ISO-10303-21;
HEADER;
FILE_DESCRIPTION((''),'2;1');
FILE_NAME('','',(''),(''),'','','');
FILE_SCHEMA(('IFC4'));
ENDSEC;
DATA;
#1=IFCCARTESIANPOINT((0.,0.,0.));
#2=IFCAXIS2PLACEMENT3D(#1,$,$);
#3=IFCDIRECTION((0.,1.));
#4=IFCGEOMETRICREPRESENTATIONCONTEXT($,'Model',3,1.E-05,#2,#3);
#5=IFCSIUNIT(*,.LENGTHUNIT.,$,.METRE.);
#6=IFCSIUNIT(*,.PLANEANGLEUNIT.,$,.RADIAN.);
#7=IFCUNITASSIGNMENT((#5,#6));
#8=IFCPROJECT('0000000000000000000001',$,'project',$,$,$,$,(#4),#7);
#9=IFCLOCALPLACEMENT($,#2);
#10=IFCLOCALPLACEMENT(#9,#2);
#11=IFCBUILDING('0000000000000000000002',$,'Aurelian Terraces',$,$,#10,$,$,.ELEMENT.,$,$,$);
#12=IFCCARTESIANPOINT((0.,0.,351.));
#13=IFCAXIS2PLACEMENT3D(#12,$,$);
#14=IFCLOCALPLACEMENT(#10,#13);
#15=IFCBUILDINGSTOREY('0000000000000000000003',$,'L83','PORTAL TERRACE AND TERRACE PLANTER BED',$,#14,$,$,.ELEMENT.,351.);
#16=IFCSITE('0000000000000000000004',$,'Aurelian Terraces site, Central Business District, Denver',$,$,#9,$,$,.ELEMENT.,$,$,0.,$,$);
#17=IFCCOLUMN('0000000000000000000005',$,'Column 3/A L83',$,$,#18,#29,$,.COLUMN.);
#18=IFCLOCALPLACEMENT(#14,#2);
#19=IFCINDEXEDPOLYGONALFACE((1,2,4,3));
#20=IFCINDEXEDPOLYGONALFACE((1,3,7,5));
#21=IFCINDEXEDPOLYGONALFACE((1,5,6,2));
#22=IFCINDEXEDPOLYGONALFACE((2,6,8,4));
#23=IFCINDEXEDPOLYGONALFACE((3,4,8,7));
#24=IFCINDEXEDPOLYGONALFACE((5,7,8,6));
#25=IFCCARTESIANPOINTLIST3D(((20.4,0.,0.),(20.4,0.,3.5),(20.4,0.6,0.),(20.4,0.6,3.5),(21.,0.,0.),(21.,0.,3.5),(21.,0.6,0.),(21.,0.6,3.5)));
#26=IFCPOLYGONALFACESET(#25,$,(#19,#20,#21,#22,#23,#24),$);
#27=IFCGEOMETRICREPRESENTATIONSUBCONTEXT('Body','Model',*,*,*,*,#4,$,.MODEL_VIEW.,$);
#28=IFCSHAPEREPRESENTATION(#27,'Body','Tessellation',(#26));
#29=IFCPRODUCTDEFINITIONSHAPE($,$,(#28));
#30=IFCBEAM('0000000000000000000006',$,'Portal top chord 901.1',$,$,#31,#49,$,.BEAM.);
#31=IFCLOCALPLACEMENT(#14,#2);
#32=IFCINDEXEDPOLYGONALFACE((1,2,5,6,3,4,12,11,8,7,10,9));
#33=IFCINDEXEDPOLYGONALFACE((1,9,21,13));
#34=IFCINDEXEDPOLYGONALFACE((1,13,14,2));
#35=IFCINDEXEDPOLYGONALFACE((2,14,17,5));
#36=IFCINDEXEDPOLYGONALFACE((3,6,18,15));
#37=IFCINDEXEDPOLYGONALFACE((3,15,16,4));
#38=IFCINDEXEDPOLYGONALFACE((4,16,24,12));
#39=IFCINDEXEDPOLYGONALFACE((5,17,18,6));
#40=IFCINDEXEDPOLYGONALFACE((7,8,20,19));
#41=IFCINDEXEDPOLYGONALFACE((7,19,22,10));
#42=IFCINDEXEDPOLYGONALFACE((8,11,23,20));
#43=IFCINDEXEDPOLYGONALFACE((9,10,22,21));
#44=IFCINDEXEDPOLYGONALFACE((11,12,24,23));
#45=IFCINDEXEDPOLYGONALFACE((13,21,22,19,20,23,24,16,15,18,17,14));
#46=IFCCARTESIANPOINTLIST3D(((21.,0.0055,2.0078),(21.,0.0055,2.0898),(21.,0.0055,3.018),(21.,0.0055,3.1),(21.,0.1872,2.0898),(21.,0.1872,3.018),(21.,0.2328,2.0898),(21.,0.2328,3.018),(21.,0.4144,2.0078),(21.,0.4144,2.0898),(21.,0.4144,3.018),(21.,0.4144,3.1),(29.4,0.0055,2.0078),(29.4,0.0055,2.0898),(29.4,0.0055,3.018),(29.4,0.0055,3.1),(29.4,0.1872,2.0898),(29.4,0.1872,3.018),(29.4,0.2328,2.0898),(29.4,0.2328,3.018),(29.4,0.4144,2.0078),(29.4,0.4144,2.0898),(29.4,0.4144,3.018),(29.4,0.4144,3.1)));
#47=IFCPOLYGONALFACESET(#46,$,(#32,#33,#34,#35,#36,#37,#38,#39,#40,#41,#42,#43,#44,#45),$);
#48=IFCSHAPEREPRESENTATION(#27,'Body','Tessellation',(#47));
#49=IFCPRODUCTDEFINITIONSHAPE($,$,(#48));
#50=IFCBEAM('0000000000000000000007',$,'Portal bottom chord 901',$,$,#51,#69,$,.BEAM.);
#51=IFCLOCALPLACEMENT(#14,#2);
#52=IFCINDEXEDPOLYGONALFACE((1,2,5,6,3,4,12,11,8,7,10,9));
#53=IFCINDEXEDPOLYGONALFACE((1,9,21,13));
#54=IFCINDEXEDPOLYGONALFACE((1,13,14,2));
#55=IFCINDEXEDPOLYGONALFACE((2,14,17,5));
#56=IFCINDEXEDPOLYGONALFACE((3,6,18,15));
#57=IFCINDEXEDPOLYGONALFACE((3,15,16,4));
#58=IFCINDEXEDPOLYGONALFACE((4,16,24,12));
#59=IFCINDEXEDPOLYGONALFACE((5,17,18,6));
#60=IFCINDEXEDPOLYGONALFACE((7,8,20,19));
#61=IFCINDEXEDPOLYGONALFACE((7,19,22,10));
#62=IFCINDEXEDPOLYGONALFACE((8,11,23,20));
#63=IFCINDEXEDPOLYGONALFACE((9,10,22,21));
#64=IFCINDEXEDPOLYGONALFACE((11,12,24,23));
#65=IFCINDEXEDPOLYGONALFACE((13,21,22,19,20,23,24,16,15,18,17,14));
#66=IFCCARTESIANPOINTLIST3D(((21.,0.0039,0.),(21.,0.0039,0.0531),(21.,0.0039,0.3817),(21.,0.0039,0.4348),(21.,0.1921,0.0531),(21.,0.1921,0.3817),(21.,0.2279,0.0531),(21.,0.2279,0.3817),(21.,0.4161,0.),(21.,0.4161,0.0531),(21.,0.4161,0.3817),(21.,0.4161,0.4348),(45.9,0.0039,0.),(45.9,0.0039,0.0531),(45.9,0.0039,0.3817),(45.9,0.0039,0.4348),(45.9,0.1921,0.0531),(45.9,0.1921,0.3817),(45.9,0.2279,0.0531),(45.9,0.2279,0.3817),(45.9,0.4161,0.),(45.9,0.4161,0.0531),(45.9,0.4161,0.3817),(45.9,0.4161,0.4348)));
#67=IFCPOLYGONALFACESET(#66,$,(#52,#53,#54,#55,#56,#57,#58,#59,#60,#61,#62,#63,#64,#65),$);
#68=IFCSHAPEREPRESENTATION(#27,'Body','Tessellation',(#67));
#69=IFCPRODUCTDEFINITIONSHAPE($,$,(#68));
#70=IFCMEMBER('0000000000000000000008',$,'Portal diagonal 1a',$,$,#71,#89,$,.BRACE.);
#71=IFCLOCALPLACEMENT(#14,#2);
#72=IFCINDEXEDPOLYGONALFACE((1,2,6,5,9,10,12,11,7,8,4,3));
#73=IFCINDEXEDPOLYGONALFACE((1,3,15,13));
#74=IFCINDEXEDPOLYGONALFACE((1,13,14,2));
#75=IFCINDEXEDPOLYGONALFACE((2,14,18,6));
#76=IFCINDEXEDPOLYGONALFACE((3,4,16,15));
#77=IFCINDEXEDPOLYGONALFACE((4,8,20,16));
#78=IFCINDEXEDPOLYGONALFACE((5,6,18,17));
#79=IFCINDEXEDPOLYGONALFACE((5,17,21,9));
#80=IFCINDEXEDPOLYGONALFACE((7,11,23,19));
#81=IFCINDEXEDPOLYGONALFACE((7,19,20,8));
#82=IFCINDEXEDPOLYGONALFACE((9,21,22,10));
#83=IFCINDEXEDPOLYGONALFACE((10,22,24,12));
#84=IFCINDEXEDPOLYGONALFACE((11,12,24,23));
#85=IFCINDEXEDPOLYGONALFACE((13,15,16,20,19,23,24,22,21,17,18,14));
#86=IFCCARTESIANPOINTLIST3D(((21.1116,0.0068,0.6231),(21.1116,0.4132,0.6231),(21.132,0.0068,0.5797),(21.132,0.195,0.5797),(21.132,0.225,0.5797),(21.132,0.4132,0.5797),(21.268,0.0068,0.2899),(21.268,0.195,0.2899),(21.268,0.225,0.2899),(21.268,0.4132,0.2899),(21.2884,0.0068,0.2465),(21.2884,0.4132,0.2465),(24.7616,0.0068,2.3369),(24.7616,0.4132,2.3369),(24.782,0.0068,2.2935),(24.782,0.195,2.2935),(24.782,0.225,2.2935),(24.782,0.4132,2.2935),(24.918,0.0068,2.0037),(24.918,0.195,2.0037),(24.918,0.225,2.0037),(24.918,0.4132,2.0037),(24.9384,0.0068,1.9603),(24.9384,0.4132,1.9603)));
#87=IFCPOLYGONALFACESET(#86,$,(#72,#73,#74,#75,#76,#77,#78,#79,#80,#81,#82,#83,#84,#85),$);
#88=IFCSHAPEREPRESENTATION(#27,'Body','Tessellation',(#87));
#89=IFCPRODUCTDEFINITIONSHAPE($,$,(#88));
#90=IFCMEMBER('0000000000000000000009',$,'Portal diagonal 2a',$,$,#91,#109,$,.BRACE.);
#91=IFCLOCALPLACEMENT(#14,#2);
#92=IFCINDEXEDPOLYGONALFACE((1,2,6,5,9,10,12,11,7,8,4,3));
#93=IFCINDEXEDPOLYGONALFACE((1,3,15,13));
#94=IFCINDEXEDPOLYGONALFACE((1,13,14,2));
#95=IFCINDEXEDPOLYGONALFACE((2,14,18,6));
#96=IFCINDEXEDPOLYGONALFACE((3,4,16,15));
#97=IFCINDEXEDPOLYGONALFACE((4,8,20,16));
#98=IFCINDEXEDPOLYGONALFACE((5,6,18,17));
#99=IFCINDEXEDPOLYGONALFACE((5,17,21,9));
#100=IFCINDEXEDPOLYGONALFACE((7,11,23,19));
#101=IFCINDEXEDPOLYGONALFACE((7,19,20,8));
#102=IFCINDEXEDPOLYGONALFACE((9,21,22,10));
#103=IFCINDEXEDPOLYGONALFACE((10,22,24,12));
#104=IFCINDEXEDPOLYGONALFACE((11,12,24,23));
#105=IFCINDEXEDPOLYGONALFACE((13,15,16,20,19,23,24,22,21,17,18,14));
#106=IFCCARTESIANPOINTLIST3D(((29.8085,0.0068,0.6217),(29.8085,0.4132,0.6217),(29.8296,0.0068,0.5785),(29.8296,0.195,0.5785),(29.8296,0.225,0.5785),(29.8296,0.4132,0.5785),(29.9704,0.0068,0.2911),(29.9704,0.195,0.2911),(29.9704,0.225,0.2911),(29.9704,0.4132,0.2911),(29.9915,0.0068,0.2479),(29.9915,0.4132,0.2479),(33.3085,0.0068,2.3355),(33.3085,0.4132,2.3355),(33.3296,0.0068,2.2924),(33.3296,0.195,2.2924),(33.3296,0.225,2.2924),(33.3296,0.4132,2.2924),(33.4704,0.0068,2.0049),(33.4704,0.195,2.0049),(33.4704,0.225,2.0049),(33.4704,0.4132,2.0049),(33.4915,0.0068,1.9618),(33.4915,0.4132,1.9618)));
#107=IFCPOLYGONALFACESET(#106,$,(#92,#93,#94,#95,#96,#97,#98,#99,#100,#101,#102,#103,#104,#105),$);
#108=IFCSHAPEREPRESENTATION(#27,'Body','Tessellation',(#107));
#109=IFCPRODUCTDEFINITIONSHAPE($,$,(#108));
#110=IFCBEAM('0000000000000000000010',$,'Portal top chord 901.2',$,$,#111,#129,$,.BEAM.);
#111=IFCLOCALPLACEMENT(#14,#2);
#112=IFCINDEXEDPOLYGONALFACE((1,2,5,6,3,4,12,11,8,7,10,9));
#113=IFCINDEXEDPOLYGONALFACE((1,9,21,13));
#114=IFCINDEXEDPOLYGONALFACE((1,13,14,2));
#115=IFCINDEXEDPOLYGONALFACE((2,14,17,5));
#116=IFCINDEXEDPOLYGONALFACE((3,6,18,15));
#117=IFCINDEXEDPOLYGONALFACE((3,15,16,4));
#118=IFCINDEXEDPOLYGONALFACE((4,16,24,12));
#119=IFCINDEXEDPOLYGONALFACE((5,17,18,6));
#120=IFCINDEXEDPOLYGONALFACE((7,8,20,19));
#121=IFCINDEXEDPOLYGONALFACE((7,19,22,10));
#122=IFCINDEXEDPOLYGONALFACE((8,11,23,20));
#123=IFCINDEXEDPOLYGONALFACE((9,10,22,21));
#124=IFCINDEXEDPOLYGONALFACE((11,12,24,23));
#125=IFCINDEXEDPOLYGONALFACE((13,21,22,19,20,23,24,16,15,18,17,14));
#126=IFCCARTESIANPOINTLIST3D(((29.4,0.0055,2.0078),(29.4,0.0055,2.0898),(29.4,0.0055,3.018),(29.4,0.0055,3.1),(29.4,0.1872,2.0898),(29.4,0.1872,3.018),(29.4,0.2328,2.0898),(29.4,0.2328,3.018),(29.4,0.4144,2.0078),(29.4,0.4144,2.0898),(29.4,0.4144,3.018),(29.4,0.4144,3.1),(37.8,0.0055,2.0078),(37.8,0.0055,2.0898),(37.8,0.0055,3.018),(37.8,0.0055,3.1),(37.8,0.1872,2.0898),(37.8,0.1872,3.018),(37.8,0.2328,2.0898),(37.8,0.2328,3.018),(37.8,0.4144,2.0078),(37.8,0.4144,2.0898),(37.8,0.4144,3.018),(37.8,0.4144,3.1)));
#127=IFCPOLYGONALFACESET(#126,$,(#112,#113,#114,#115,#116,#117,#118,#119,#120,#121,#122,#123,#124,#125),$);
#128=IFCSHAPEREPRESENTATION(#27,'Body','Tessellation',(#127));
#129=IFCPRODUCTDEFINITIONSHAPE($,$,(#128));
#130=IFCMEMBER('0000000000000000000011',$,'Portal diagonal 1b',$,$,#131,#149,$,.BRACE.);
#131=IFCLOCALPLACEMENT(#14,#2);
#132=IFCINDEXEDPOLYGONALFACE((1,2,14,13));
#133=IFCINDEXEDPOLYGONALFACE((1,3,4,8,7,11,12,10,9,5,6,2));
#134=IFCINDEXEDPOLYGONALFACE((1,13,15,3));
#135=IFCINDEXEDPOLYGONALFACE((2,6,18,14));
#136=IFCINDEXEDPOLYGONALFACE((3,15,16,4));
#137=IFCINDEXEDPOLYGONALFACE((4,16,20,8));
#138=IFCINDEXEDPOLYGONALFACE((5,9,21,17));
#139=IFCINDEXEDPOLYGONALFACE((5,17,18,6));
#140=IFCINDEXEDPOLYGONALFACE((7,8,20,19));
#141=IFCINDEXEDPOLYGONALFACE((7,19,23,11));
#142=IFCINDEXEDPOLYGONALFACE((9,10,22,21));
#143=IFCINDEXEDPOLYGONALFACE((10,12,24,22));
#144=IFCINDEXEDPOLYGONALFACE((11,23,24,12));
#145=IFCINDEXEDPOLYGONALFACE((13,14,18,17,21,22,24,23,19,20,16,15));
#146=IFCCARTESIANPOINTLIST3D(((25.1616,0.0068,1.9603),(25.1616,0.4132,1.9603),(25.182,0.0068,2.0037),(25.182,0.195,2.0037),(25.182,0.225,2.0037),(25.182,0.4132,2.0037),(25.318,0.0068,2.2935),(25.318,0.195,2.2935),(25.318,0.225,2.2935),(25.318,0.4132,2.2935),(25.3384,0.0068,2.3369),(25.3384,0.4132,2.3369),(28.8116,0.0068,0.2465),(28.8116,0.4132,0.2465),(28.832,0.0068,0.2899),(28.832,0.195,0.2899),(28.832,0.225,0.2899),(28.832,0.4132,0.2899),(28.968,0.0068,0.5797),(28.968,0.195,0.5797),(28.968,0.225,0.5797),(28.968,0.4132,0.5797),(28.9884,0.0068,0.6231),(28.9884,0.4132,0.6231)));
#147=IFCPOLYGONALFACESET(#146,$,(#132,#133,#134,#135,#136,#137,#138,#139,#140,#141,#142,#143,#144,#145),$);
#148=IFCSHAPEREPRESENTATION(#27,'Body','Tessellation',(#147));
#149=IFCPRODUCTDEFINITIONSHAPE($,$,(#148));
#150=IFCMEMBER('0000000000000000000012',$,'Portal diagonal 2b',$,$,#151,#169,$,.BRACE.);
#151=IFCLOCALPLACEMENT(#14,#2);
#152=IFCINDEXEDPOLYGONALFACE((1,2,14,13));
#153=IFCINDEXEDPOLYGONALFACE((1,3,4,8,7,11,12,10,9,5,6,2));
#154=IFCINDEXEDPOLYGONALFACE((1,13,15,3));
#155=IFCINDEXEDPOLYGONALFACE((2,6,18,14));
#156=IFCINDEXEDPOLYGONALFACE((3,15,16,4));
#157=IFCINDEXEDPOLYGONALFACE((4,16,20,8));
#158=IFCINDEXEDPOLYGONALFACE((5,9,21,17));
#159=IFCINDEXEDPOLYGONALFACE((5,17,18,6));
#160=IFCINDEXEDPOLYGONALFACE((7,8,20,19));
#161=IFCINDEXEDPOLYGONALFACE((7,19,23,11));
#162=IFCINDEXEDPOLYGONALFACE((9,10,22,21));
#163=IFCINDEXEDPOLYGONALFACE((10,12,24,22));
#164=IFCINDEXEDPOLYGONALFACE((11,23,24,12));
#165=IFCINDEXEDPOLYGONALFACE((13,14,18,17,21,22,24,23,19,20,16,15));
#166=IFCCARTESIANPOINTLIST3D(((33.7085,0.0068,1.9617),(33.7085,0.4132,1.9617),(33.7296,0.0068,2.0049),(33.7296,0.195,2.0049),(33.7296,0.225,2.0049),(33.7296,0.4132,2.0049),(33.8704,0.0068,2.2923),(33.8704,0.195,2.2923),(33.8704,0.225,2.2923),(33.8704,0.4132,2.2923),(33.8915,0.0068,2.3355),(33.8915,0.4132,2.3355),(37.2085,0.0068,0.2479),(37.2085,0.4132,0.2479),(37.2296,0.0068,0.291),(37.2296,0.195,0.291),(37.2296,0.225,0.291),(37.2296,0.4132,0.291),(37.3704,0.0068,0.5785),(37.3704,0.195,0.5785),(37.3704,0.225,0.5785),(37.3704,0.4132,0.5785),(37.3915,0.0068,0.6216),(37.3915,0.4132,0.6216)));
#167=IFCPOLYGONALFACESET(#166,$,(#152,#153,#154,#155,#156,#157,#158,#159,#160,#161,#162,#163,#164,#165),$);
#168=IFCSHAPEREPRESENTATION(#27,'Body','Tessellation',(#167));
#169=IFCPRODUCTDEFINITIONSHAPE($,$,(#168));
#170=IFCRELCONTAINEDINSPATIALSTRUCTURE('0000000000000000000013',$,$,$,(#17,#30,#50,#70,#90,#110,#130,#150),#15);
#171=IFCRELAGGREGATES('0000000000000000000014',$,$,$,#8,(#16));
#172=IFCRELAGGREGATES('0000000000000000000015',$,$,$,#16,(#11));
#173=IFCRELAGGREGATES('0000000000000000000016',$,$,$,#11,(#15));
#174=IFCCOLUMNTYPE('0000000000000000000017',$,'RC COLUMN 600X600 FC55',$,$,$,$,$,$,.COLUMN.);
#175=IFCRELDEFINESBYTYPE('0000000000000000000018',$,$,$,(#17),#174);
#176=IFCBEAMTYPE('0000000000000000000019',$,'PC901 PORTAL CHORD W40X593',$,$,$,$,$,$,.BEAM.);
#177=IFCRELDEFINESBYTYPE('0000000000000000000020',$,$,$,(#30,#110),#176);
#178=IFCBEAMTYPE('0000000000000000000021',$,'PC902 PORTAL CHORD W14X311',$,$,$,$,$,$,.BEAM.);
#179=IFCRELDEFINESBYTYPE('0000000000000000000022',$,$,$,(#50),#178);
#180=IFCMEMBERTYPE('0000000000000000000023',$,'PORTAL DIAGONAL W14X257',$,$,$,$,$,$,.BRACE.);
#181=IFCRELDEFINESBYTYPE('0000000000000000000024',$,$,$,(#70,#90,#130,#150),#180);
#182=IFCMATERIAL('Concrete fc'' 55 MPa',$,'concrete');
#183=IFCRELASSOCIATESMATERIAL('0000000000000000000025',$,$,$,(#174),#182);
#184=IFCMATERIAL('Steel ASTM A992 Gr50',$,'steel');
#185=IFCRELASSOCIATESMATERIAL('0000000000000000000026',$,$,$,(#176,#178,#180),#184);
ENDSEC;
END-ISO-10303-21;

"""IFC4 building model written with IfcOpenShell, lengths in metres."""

from ifc_helpers import new_model, si_unit, direction, frame, origin, origin_2d, place, context, subcontext, project, spatial, rectangle, i_section, extrude, source, transform, mapped, material, material_profile, profile_set, type_object, element, save


model = new_model("IFC4")

# Units and contexts
model_context = context("Model", 3, precision=1e-05, world=origin(), true_north=direction((0.0, 1.0)))
body_context = subcontext(model_context, "Body", "Model", "MODEL_VIEW")
ifc_project = project(units=[si_unit("LENGTHUNIT", "METRE"), si_unit("PLANEANGLEUNIT", "RADIAN")], contexts=[model_context])

# Site, building, storey
site_placement = place(None, origin())
site = spatial("IfcSite", under=ifc_project, at=site_placement, Name="Aurelian Terraces site, Central Business District, Denver", CompositionType="ELEMENT", RefElevation=0.0)
building_placement = place(site_placement, origin())
building = spatial("IfcBuilding", under=site, at=building_placement, Name="Aurelian Terraces", CompositionType="ELEMENT")
storey_placement = place(building_placement, frame((0.0, 0.0, 351.0)))
storey = spatial("IfcBuildingStorey", under=building, at=storey_placement, Name="L83", Description="PORTAL TERRACE AND TERRACE PLANTER BED", CompositionType="ELEMENT", Elevation=351.0)

# Column
ifc_material_1 = material(Name="Concrete fc' 55 MPa", Category="concrete")
ifc_material_profile_1 = material_profile(ifc_material_1, rectangle(XDim=0.6, YDim=0.6, at=origin_2d()))
ifc_profile_set_1 = profile_set([ifc_material_profile_1], Name="Concrete fc' 55 MPa")
column_type = type_object("IfcColumnType", Name="RC COLUMN 600X600 FC55", PredefinedType="COLUMN", material=ifc_profile_set_1)
shared_shape_1 = source(origin(), body_context, "Body", "SweptSolid", [
    extrude(rectangle(XDim=0.6, YDim=0.6, at=origin_2d()), origin(), (0.0, 0.0, 1.0), 3.5),
])
column_placement = place(storey_placement, frame((20.7, 0.3, 0.0), z_axis=(0.0, 0.0, 1.0), x_axis=(1.0, 0.0, 0.0)))
element("IfcColumn", 1, at=column_placement, inside=storey, type_object=column_type, Name="Column 3/A L83", PredefinedType="COLUMN", context=body_context, shape_type="MappedRepresentation", body=[
    mapped(shared_shape_1, transform((0.0, 0.0, 0.0), scale=1.0)),
])

# Beams
ifc_material_2 = material(Name="Steel ASTM A992 Gr50", Category="steel")
ifc_material_profile_2 = material_profile(ifc_material_2, i_section(OverallWidth=0.4089, OverallDepth=1.0922, WebThickness=0.0455, FlangeThickness=0.082, at=origin_2d()))
ifc_profile_set_2 = profile_set([ifc_material_profile_2], Name="Steel ASTM A992 Gr50")
beam_type_1 = type_object("IfcBeamType", Name="PC901 PORTAL CHORD W40X593", PredefinedType="BEAM", material=ifc_profile_set_2)
beam_1_placement = place(storey_placement, frame((21.0, 0.21, 2.5539), z_axis=(1.0, 0.0, 0.0), x_axis=(0.0, 1.0, 0.0)))
element("IfcBeam", 2, at=beam_1_placement, inside=storey, type_object=beam_type_1, Name="Portal top chord 901.1", PredefinedType="BEAM", context=body_context, shape_type="SweptSolid", body=[
    extrude(i_section(OverallWidth=0.4089, OverallDepth=1.0922, WebThickness=0.0455, FlangeThickness=0.082, at=origin_2d()), origin(), (0.0, 0.0, 1.0), 8.4),
])
ifc_material_profile_3 = material_profile(ifc_material_2, i_section(OverallWidth=0.4122, OverallDepth=0.4348, WebThickness=0.0358, FlangeThickness=0.0531, at=origin_2d()))
ifc_profile_set_3 = profile_set([ifc_material_profile_3], Name="Steel ASTM A992 Gr50")
beam_type_2 = type_object("IfcBeamType", Name="PC902 PORTAL CHORD W14X311", PredefinedType="BEAM", material=ifc_profile_set_3)
beam_2_placement = place(storey_placement, frame((21.0, 0.21, 0.2174), z_axis=(1.0, 0.0, 0.0), x_axis=(0.0, 1.0, 0.0)))
element("IfcBeam", 3, at=beam_2_placement, inside=storey, type_object=beam_type_2, Name="Portal bottom chord 901", PredefinedType="BEAM", context=body_context, shape_type="SweptSolid", body=[
    extrude(i_section(OverallWidth=0.4122, OverallDepth=0.4348, WebThickness=0.0358, FlangeThickness=0.0531, at=origin_2d()), origin(), (0.0, 0.0, 1.0), 24.9),
])

# Members
ifc_material_profile_4 = material_profile(ifc_material_2, i_section(OverallWidth=0.4063, OverallDepth=0.4161, WebThickness=0.03, FlangeThickness=0.048, at=origin_2d()))
ifc_profile_set_4 = profile_set([ifc_material_profile_4], Name="Steel ASTM A992 Gr50")
member_type = type_object("IfcMemberType", Name="PORTAL DIAGONAL W14X257", PredefinedType="BRACE", material=ifc_profile_set_4)
member_1_placement = place(storey_placement, frame((21.2, 0.21, 0.4348), z_axis=(0.905186, 0.0, 0.425016), x_axis=(0.0, 1.0, 0.0)))
element("IfcMember", 4, at=member_1_placement, inside=storey, type_object=member_type, Name="Portal diagonal 1a", PredefinedType="BRACE", context=body_context, shape_type="SweptSolid", body=[
    extrude(i_section(OverallWidth=0.4063, OverallDepth=0.4161, WebThickness=0.03, FlangeThickness=0.048, at=origin_2d()), origin(), (0.0, 0.0, 1.0), 4.0323),
])
member_2_placement = place(storey_placement, frame((29.9, 0.21, 0.4348), z_axis=(0.898112, 0.0, 0.439767), x_axis=(0.0, 1.0, 0.0)))
element("IfcMember", 5, at=member_2_placement, inside=storey, type_object=member_type, Name="Portal diagonal 2a", PredefinedType="BRACE", context=body_context, shape_type="SweptSolid", body=[
    extrude(i_section(OverallWidth=0.4063, OverallDepth=0.4161, WebThickness=0.03, FlangeThickness=0.048, at=origin_2d()), origin(), (0.0, 0.0, 1.0), 3.8971),
])

# Beam
shared_shape_2 = source(origin(), body_context, "Body", "SweptSolid", [
    extrude(i_section(OverallWidth=0.4089, OverallDepth=1.0922, WebThickness=0.0455, FlangeThickness=0.082, at=origin_2d()), origin(), (0.0, 0.0, 1.0), 8.4),
])
beam_3_placement = place(storey_placement, frame((29.4, 0.21, 2.5539), z_axis=(1.0, 0.0, 0.0), x_axis=(0.0, 1.0, 0.0)))
element("IfcBeam", 6, at=beam_3_placement, inside=storey, type_object=beam_type_1, Name="Portal top chord 901.2", PredefinedType="BEAM", context=body_context, shape_type="MappedRepresentation", body=[
    mapped(shared_shape_2, transform((0.0, 0.0, 0.0), scale=1.0)),
])

# Members
shared_shape_3 = source(origin(), body_context, "Body", "SweptSolid", [
    extrude(i_section(OverallWidth=0.4063, OverallDepth=0.4161, WebThickness=0.03, FlangeThickness=0.048, at=origin_2d()), origin(), (0.0, 0.0, 1.0), 4.0323),
])
member_3_placement = place(storey_placement, frame((25.25, 0.21, 2.1486), z_axis=(0.905186, 0.0, -0.425016), x_axis=(0.0, 1.0, 0.0)))
element("IfcMember", 7, at=member_3_placement, inside=storey, type_object=member_type, Name="Portal diagonal 1b", PredefinedType="BRACE", context=body_context, shape_type="MappedRepresentation", body=[
    mapped(shared_shape_3, transform((0.0, 0.0, 0.0), scale=1.0)),
])
shared_shape_4 = source(origin(), body_context, "Body", "SweptSolid", [
    extrude(i_section(OverallWidth=0.4063, OverallDepth=0.4161, WebThickness=0.03, FlangeThickness=0.048, at=origin_2d()), origin(), (0.0, 0.0, 1.0), 3.8971),
])
member_4_placement = place(storey_placement, frame((33.8, 0.21, 2.1486), z_axis=(0.898112, 0.0, -0.439767), x_axis=(0.0, 1.0, 0.0)))
element("IfcMember", 8, at=member_4_placement, inside=storey, type_object=member_type, Name="Portal diagonal 2b", PredefinedType="BRACE", context=body_context, shape_type="MappedRepresentation", body=[
    mapped(shared_shape_4, transform((0.0, 0.0, 0.0), scale=1.0)),
])

save(model, "model.ifc")
